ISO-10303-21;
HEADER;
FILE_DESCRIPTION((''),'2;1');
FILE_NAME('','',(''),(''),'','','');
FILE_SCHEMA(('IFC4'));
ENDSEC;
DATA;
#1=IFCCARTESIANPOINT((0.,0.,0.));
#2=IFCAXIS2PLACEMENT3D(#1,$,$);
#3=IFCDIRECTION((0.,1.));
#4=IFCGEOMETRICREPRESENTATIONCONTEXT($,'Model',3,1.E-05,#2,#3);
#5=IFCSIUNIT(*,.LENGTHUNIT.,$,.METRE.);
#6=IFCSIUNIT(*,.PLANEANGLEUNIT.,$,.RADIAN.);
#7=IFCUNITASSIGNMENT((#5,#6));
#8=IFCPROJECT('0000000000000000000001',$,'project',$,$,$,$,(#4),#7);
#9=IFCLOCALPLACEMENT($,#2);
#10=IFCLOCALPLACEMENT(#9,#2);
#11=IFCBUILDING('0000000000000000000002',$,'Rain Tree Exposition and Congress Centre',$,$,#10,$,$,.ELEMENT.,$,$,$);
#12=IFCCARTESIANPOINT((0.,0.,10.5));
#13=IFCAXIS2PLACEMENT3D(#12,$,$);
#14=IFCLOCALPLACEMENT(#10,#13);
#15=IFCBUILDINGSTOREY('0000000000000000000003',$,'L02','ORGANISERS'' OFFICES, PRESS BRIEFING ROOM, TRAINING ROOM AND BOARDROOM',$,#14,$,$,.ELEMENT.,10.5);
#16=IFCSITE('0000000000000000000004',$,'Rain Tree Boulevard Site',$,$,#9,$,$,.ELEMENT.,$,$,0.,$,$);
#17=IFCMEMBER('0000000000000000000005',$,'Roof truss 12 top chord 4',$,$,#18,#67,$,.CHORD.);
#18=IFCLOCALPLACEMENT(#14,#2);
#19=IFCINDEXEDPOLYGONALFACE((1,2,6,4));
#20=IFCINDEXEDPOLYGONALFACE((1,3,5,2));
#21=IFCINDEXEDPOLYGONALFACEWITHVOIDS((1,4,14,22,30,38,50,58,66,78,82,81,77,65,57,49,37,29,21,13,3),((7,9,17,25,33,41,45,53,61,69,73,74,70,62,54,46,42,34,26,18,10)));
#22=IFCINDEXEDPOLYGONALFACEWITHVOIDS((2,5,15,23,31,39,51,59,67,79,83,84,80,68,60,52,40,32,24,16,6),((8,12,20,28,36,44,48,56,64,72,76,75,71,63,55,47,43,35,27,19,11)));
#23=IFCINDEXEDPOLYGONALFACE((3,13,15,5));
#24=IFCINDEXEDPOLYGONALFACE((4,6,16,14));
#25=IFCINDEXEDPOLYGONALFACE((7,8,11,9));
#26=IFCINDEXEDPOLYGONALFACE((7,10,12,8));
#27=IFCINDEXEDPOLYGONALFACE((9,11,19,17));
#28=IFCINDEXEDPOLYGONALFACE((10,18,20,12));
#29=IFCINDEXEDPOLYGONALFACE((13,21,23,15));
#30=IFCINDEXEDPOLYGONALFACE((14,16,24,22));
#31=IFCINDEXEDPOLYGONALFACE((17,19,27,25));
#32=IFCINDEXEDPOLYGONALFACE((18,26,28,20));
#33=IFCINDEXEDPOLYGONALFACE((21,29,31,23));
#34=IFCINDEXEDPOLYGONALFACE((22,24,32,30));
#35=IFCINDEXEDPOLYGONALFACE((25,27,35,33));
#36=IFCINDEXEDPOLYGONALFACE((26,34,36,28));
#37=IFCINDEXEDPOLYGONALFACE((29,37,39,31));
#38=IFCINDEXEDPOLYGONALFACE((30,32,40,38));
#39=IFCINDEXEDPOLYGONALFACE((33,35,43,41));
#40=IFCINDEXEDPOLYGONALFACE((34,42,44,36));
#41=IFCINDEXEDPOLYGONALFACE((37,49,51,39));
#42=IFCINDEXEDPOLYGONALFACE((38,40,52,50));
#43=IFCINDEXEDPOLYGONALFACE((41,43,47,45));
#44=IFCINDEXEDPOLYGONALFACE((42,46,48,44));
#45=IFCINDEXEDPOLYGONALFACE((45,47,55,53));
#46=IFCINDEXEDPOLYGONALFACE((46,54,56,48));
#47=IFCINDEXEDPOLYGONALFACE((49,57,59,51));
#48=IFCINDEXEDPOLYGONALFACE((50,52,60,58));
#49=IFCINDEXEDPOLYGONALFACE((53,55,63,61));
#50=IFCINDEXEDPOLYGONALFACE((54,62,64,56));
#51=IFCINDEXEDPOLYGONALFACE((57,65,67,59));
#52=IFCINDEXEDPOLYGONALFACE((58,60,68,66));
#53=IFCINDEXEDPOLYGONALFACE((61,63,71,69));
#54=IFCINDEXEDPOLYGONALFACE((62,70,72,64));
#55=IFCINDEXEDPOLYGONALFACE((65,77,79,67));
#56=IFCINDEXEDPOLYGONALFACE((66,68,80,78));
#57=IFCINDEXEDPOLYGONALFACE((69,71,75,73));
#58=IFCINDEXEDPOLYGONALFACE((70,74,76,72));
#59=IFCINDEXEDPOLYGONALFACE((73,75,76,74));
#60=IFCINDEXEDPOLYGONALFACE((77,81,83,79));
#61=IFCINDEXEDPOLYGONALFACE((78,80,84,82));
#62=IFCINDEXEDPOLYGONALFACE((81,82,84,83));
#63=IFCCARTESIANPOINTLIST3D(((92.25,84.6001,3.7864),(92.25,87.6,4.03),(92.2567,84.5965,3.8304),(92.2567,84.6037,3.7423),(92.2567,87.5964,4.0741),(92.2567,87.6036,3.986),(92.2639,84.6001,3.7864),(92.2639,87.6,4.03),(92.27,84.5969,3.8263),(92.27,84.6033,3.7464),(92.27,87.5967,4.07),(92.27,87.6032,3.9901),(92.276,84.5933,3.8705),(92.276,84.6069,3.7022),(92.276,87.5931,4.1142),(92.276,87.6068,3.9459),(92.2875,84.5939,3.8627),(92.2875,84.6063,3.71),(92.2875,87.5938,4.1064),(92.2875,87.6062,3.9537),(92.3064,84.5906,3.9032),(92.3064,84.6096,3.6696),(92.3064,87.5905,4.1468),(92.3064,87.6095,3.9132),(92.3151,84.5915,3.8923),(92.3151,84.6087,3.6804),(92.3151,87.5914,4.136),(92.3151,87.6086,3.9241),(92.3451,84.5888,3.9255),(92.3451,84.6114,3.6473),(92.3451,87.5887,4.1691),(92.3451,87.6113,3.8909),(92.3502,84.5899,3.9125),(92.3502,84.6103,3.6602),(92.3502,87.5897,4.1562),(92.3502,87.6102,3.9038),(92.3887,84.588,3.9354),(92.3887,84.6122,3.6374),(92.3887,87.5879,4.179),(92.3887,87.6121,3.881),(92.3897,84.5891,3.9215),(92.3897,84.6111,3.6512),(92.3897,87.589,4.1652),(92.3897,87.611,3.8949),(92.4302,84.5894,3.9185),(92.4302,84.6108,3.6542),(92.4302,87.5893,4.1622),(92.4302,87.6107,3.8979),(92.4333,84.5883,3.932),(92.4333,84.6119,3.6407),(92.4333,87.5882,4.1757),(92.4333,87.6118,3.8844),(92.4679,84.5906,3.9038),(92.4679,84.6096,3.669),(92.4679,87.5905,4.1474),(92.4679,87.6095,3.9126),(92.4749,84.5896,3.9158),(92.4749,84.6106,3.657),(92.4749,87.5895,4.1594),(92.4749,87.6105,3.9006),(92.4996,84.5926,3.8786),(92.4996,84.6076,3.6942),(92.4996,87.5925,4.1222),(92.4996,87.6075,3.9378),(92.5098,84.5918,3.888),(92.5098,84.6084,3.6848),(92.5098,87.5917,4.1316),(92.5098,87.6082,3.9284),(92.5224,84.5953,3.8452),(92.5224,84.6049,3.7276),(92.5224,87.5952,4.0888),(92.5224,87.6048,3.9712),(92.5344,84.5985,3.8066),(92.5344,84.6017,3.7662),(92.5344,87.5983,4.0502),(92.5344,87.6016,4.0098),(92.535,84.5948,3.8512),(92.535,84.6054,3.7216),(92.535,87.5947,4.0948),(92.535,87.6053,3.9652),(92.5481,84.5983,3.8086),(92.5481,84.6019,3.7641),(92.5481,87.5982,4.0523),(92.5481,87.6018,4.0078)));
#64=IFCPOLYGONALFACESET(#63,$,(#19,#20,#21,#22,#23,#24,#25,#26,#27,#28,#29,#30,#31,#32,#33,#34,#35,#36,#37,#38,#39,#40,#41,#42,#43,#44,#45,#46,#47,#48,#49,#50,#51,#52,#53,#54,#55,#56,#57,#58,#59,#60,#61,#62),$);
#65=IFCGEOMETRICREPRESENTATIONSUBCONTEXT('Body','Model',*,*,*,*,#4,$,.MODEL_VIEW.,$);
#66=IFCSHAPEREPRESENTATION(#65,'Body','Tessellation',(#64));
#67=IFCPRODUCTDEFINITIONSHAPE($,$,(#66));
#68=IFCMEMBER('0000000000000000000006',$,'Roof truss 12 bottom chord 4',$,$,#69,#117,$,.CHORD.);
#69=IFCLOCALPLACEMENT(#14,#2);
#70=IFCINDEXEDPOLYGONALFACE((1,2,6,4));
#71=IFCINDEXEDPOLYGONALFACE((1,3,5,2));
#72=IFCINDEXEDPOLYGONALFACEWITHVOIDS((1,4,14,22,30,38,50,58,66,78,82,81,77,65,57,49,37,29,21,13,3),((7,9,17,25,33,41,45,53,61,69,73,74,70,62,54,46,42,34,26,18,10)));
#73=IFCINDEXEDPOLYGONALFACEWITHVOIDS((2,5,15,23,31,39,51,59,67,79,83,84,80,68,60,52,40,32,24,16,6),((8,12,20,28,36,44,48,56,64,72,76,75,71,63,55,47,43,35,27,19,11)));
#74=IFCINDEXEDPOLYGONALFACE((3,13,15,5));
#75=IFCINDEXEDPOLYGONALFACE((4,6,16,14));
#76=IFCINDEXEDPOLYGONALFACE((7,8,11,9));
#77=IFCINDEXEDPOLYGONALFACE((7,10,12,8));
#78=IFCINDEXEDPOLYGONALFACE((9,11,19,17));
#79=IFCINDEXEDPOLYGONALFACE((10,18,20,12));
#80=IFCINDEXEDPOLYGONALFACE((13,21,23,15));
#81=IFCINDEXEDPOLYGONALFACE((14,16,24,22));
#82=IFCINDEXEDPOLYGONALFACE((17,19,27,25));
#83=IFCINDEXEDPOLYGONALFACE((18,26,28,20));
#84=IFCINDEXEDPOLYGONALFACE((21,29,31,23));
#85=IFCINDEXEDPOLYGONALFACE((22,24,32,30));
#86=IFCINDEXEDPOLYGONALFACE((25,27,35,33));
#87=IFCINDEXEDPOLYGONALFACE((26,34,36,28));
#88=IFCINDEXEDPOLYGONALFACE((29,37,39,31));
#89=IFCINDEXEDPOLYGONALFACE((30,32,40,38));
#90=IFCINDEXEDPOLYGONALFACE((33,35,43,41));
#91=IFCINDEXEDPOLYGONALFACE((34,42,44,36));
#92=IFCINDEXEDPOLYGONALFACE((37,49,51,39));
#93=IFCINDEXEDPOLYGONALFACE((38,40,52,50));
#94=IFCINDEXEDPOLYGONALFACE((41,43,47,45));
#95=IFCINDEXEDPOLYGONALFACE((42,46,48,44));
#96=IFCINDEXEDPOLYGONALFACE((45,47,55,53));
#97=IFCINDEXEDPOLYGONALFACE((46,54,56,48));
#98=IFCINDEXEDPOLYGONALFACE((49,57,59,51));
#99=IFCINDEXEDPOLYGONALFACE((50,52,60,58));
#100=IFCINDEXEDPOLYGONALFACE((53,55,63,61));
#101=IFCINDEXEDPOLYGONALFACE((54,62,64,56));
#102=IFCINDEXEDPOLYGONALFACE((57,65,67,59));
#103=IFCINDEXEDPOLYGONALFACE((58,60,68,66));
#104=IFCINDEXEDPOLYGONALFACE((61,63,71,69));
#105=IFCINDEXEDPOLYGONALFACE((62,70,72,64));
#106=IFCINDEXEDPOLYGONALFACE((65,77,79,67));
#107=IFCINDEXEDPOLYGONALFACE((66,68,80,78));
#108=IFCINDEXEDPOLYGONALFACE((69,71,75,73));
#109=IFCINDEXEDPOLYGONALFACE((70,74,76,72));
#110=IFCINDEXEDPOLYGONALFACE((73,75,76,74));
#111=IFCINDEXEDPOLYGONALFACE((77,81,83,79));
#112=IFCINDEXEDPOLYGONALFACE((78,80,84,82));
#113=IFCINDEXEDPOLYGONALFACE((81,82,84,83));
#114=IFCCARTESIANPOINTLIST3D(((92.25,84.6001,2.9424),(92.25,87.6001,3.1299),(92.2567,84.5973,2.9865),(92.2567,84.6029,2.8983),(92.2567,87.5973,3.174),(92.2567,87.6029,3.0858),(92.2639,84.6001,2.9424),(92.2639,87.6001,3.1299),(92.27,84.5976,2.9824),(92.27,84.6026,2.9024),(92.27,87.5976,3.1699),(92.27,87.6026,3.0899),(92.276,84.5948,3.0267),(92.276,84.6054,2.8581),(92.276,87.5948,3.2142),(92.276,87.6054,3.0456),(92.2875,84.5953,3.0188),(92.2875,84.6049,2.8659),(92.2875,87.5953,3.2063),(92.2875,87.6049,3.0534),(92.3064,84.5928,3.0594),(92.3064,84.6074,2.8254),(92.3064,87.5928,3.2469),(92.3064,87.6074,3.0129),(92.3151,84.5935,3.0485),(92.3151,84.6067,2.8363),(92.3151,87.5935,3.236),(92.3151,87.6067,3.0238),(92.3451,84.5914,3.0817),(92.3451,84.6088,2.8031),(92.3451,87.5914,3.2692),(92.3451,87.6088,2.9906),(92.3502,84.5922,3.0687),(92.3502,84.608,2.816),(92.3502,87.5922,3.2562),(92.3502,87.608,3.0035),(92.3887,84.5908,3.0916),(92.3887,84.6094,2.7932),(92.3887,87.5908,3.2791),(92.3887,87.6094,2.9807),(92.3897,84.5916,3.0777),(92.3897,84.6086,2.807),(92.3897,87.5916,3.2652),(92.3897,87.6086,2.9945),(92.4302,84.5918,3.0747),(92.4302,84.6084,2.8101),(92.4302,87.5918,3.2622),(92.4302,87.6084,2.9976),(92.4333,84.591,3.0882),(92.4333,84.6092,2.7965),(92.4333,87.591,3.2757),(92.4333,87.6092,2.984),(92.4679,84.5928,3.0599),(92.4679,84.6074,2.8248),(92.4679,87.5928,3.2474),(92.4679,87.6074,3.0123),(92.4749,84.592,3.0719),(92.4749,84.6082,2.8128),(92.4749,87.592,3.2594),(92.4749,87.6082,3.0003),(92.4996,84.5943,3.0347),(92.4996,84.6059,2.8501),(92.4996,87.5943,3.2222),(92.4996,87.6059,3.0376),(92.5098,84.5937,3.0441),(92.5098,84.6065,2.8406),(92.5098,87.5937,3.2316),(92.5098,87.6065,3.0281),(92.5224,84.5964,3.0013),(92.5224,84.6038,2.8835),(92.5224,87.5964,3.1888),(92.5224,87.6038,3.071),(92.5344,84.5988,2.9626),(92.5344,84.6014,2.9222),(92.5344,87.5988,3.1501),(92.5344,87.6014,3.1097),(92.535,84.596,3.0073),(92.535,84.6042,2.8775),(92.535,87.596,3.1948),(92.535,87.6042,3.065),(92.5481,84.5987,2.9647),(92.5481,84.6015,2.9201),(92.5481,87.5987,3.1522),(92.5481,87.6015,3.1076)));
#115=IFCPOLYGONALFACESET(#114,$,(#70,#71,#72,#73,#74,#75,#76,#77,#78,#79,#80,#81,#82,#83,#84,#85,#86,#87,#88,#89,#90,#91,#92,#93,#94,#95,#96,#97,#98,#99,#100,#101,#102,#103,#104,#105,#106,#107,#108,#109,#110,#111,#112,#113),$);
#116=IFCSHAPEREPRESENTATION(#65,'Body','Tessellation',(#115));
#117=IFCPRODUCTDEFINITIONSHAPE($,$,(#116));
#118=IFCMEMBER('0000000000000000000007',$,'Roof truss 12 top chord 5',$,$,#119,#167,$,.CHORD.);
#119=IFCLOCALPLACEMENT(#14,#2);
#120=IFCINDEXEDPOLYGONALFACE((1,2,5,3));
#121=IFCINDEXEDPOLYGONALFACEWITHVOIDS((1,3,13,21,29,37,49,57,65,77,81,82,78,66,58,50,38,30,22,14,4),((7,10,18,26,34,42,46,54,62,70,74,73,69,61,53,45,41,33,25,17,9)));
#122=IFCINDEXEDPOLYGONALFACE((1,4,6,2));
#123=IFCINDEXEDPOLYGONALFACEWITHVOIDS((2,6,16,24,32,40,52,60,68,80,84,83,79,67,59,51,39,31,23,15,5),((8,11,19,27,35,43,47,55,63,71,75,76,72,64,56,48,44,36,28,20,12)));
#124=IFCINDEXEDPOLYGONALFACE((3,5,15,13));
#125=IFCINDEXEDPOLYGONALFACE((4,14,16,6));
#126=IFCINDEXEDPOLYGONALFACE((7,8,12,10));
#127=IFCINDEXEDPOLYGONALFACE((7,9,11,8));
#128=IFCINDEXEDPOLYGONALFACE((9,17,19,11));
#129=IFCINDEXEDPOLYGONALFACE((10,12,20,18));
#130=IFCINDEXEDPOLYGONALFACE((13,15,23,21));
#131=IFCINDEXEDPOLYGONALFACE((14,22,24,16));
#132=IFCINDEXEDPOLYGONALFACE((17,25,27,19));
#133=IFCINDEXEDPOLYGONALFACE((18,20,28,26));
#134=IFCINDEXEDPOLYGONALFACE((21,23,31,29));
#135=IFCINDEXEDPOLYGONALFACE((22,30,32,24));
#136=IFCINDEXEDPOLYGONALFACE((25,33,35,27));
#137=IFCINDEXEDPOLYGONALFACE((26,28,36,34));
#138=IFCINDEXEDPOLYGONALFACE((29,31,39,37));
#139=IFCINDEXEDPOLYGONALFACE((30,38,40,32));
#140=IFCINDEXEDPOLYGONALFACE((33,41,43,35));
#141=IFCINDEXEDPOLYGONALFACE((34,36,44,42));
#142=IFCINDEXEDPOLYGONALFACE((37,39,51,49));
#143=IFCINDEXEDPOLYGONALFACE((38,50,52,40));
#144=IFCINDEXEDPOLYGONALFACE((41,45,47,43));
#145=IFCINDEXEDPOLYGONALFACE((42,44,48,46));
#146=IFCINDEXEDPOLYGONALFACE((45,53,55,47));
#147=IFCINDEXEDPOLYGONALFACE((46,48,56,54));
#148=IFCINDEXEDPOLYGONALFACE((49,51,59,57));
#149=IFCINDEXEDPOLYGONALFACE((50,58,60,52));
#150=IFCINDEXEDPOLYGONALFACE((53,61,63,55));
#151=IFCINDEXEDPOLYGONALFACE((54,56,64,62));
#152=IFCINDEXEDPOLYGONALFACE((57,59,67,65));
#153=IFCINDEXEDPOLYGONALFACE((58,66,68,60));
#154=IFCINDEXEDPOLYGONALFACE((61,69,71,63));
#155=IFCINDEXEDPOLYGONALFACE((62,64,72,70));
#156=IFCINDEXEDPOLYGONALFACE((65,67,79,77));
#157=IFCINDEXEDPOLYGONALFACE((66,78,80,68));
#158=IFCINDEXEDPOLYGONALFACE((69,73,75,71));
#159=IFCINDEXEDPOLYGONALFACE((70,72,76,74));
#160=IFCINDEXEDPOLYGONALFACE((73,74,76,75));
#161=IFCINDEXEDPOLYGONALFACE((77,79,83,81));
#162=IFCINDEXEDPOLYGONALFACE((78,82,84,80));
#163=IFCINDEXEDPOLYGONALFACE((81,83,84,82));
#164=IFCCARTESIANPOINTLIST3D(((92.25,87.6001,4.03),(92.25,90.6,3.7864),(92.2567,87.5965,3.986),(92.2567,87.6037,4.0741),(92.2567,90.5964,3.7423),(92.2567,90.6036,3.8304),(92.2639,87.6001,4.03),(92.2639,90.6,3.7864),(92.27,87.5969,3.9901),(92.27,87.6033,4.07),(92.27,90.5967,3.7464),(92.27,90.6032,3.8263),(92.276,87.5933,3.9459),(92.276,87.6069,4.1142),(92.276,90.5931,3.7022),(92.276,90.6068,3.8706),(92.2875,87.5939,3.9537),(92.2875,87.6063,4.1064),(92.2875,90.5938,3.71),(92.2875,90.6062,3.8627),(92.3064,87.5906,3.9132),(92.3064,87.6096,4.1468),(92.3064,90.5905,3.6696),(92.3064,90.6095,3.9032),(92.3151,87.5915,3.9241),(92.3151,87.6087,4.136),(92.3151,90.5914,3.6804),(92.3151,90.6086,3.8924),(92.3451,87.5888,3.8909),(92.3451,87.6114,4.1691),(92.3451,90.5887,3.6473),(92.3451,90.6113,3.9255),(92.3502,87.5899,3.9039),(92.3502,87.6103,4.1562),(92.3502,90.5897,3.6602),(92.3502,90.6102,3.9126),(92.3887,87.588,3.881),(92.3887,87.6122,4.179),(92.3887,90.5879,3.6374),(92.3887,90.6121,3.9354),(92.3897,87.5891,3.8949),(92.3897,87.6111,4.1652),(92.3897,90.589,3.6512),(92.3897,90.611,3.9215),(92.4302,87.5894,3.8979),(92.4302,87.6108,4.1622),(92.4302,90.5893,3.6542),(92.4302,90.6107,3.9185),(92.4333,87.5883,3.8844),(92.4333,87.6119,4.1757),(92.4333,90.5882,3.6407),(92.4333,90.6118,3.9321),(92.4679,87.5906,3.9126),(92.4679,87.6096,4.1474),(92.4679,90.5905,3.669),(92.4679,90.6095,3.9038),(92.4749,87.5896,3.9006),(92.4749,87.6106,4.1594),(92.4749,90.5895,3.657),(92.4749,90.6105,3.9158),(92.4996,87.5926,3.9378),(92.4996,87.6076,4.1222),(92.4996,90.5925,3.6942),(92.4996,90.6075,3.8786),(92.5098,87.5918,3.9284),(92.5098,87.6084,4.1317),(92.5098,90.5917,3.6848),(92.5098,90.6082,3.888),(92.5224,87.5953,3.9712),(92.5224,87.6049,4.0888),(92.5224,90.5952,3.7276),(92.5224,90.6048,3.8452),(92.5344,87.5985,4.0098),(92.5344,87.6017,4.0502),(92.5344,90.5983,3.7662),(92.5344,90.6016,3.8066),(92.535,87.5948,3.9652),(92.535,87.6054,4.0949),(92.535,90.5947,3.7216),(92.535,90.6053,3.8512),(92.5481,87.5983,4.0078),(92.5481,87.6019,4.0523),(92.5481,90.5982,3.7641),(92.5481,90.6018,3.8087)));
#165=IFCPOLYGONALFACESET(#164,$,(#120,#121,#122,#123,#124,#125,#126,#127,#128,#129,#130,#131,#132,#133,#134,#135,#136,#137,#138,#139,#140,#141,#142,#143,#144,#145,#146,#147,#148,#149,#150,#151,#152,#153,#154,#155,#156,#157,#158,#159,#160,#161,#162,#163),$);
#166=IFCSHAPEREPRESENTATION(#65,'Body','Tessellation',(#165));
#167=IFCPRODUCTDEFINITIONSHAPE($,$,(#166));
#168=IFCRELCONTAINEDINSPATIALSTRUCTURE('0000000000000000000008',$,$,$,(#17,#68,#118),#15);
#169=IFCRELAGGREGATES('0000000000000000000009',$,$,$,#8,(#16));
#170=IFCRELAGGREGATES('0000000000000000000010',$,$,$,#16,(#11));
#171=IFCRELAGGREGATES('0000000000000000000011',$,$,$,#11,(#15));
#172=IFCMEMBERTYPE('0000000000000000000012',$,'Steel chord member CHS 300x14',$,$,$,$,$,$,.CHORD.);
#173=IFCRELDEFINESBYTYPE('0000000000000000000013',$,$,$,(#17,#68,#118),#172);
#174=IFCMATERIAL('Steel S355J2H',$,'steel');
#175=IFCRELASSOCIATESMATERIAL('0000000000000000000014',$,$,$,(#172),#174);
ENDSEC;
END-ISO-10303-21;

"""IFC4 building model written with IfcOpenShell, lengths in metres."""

from ifc_helpers import new_model, si_unit, direction, frame, origin, origin_2d, place, context, subcontext, project, spatial, hollow_circle, extrude, material, material_profile, profile_set, type_object, element, save


model = new_model("IFC4")

# Units and contexts
model_context = context("Model", 3, precision=1e-05, world=origin(), true_north=direction((0.0, 1.0)))
body_context = subcontext(model_context, "Body", "Model", "MODEL_VIEW")
ifc_project = project(units=[si_unit("LENGTHUNIT", "METRE"), si_unit("PLANEANGLEUNIT", "RADIAN")], contexts=[model_context])

# Site, building, storey
site_placement = place(None, origin())
site = spatial("IfcSite", under=ifc_project, at=site_placement, Name="Rain Tree Boulevard Site", CompositionType="ELEMENT", RefElevation=0.0)
building_placement = place(site_placement, origin())
building = spatial("IfcBuilding", under=site, at=building_placement, Name="Rain Tree Exposition and Congress Centre", CompositionType="ELEMENT")
storey_placement = place(building_placement, frame((0.0, 0.0, 10.5)))
storey = spatial("IfcBuildingStorey", under=building, at=storey_placement, Name="L02", Description="ORGANISERS' OFFICES, PRESS BRIEFING ROOM, TRAINING ROOM AND BOARDROOM", CompositionType="ELEMENT", Elevation=10.5)

# Members
ifc_material_1 = material(Name="Steel S355J2H", Category="steel")
ifc_material_profile_1 = material_profile(ifc_material_1, hollow_circle(Radius=0.1499, WallThickness=0.0139, at=origin_2d()), Name="CHS 300x14")
ifc_profile_set_1 = profile_set([ifc_material_profile_1], Name="Steel S355J2H")
member_type_1 = type_object("IfcMemberType", Name="Steel chord member CHS 300x14", PredefinedType="CHORD", material=ifc_profile_set_1)
member_1_placement = place(storey_placement, frame((92.3999, 84.6001, 3.7864), z_axis=(0.0, 0.996718, 0.080951), x_axis=(-1.0, 0.0, 0.0)))
element("IfcMember", 1, at=member_1_placement, inside=storey, type_object=member_type_1, Name="Roof truss 12 top chord 4", PredefinedType="CHORD", context=body_context, shape_type="SweptSolid", body=[
    extrude(hollow_circle(Radius=0.1499, WallThickness=0.0139, at=origin_2d()), origin(), (0.0, 0.0, 1.0), 3.0098),
])
member_2_placement = place(storey_placement, frame((92.3999, 84.6001, 2.9424), z_axis=(0.0, 0.998053, 0.062378), x_axis=(-1.0, 0.0, 0.0)))
element("IfcMember", 2, at=member_2_placement, inside=storey, type_object=member_type_1, Name="Roof truss 12 bottom chord 4", PredefinedType="CHORD", context=body_context, shape_type="SweptSolid", body=[
    extrude(hollow_circle(Radius=0.1499, WallThickness=0.0139, at=origin_2d()), origin(), (0.0, 0.0, 1.0), 3.0059),
])
member_3_placement = place(storey_placement, frame((92.3999, 87.6001, 4.03), z_axis=(0.0, 0.996718, -0.080951), x_axis=(-1.0, 0.0, 0.0)))
element("IfcMember", 3, at=member_3_placement, inside=storey, type_object=member_type_1, Name="Roof truss 12 top chord 5", PredefinedType="CHORD", context=body_context, shape_type="SweptSolid", body=[
    extrude(hollow_circle(Radius=0.1499, WallThickness=0.0139, at=origin_2d()), origin(), (0.0, 0.0, 1.0), 3.0098),
])

save(model, "model.ifc")
